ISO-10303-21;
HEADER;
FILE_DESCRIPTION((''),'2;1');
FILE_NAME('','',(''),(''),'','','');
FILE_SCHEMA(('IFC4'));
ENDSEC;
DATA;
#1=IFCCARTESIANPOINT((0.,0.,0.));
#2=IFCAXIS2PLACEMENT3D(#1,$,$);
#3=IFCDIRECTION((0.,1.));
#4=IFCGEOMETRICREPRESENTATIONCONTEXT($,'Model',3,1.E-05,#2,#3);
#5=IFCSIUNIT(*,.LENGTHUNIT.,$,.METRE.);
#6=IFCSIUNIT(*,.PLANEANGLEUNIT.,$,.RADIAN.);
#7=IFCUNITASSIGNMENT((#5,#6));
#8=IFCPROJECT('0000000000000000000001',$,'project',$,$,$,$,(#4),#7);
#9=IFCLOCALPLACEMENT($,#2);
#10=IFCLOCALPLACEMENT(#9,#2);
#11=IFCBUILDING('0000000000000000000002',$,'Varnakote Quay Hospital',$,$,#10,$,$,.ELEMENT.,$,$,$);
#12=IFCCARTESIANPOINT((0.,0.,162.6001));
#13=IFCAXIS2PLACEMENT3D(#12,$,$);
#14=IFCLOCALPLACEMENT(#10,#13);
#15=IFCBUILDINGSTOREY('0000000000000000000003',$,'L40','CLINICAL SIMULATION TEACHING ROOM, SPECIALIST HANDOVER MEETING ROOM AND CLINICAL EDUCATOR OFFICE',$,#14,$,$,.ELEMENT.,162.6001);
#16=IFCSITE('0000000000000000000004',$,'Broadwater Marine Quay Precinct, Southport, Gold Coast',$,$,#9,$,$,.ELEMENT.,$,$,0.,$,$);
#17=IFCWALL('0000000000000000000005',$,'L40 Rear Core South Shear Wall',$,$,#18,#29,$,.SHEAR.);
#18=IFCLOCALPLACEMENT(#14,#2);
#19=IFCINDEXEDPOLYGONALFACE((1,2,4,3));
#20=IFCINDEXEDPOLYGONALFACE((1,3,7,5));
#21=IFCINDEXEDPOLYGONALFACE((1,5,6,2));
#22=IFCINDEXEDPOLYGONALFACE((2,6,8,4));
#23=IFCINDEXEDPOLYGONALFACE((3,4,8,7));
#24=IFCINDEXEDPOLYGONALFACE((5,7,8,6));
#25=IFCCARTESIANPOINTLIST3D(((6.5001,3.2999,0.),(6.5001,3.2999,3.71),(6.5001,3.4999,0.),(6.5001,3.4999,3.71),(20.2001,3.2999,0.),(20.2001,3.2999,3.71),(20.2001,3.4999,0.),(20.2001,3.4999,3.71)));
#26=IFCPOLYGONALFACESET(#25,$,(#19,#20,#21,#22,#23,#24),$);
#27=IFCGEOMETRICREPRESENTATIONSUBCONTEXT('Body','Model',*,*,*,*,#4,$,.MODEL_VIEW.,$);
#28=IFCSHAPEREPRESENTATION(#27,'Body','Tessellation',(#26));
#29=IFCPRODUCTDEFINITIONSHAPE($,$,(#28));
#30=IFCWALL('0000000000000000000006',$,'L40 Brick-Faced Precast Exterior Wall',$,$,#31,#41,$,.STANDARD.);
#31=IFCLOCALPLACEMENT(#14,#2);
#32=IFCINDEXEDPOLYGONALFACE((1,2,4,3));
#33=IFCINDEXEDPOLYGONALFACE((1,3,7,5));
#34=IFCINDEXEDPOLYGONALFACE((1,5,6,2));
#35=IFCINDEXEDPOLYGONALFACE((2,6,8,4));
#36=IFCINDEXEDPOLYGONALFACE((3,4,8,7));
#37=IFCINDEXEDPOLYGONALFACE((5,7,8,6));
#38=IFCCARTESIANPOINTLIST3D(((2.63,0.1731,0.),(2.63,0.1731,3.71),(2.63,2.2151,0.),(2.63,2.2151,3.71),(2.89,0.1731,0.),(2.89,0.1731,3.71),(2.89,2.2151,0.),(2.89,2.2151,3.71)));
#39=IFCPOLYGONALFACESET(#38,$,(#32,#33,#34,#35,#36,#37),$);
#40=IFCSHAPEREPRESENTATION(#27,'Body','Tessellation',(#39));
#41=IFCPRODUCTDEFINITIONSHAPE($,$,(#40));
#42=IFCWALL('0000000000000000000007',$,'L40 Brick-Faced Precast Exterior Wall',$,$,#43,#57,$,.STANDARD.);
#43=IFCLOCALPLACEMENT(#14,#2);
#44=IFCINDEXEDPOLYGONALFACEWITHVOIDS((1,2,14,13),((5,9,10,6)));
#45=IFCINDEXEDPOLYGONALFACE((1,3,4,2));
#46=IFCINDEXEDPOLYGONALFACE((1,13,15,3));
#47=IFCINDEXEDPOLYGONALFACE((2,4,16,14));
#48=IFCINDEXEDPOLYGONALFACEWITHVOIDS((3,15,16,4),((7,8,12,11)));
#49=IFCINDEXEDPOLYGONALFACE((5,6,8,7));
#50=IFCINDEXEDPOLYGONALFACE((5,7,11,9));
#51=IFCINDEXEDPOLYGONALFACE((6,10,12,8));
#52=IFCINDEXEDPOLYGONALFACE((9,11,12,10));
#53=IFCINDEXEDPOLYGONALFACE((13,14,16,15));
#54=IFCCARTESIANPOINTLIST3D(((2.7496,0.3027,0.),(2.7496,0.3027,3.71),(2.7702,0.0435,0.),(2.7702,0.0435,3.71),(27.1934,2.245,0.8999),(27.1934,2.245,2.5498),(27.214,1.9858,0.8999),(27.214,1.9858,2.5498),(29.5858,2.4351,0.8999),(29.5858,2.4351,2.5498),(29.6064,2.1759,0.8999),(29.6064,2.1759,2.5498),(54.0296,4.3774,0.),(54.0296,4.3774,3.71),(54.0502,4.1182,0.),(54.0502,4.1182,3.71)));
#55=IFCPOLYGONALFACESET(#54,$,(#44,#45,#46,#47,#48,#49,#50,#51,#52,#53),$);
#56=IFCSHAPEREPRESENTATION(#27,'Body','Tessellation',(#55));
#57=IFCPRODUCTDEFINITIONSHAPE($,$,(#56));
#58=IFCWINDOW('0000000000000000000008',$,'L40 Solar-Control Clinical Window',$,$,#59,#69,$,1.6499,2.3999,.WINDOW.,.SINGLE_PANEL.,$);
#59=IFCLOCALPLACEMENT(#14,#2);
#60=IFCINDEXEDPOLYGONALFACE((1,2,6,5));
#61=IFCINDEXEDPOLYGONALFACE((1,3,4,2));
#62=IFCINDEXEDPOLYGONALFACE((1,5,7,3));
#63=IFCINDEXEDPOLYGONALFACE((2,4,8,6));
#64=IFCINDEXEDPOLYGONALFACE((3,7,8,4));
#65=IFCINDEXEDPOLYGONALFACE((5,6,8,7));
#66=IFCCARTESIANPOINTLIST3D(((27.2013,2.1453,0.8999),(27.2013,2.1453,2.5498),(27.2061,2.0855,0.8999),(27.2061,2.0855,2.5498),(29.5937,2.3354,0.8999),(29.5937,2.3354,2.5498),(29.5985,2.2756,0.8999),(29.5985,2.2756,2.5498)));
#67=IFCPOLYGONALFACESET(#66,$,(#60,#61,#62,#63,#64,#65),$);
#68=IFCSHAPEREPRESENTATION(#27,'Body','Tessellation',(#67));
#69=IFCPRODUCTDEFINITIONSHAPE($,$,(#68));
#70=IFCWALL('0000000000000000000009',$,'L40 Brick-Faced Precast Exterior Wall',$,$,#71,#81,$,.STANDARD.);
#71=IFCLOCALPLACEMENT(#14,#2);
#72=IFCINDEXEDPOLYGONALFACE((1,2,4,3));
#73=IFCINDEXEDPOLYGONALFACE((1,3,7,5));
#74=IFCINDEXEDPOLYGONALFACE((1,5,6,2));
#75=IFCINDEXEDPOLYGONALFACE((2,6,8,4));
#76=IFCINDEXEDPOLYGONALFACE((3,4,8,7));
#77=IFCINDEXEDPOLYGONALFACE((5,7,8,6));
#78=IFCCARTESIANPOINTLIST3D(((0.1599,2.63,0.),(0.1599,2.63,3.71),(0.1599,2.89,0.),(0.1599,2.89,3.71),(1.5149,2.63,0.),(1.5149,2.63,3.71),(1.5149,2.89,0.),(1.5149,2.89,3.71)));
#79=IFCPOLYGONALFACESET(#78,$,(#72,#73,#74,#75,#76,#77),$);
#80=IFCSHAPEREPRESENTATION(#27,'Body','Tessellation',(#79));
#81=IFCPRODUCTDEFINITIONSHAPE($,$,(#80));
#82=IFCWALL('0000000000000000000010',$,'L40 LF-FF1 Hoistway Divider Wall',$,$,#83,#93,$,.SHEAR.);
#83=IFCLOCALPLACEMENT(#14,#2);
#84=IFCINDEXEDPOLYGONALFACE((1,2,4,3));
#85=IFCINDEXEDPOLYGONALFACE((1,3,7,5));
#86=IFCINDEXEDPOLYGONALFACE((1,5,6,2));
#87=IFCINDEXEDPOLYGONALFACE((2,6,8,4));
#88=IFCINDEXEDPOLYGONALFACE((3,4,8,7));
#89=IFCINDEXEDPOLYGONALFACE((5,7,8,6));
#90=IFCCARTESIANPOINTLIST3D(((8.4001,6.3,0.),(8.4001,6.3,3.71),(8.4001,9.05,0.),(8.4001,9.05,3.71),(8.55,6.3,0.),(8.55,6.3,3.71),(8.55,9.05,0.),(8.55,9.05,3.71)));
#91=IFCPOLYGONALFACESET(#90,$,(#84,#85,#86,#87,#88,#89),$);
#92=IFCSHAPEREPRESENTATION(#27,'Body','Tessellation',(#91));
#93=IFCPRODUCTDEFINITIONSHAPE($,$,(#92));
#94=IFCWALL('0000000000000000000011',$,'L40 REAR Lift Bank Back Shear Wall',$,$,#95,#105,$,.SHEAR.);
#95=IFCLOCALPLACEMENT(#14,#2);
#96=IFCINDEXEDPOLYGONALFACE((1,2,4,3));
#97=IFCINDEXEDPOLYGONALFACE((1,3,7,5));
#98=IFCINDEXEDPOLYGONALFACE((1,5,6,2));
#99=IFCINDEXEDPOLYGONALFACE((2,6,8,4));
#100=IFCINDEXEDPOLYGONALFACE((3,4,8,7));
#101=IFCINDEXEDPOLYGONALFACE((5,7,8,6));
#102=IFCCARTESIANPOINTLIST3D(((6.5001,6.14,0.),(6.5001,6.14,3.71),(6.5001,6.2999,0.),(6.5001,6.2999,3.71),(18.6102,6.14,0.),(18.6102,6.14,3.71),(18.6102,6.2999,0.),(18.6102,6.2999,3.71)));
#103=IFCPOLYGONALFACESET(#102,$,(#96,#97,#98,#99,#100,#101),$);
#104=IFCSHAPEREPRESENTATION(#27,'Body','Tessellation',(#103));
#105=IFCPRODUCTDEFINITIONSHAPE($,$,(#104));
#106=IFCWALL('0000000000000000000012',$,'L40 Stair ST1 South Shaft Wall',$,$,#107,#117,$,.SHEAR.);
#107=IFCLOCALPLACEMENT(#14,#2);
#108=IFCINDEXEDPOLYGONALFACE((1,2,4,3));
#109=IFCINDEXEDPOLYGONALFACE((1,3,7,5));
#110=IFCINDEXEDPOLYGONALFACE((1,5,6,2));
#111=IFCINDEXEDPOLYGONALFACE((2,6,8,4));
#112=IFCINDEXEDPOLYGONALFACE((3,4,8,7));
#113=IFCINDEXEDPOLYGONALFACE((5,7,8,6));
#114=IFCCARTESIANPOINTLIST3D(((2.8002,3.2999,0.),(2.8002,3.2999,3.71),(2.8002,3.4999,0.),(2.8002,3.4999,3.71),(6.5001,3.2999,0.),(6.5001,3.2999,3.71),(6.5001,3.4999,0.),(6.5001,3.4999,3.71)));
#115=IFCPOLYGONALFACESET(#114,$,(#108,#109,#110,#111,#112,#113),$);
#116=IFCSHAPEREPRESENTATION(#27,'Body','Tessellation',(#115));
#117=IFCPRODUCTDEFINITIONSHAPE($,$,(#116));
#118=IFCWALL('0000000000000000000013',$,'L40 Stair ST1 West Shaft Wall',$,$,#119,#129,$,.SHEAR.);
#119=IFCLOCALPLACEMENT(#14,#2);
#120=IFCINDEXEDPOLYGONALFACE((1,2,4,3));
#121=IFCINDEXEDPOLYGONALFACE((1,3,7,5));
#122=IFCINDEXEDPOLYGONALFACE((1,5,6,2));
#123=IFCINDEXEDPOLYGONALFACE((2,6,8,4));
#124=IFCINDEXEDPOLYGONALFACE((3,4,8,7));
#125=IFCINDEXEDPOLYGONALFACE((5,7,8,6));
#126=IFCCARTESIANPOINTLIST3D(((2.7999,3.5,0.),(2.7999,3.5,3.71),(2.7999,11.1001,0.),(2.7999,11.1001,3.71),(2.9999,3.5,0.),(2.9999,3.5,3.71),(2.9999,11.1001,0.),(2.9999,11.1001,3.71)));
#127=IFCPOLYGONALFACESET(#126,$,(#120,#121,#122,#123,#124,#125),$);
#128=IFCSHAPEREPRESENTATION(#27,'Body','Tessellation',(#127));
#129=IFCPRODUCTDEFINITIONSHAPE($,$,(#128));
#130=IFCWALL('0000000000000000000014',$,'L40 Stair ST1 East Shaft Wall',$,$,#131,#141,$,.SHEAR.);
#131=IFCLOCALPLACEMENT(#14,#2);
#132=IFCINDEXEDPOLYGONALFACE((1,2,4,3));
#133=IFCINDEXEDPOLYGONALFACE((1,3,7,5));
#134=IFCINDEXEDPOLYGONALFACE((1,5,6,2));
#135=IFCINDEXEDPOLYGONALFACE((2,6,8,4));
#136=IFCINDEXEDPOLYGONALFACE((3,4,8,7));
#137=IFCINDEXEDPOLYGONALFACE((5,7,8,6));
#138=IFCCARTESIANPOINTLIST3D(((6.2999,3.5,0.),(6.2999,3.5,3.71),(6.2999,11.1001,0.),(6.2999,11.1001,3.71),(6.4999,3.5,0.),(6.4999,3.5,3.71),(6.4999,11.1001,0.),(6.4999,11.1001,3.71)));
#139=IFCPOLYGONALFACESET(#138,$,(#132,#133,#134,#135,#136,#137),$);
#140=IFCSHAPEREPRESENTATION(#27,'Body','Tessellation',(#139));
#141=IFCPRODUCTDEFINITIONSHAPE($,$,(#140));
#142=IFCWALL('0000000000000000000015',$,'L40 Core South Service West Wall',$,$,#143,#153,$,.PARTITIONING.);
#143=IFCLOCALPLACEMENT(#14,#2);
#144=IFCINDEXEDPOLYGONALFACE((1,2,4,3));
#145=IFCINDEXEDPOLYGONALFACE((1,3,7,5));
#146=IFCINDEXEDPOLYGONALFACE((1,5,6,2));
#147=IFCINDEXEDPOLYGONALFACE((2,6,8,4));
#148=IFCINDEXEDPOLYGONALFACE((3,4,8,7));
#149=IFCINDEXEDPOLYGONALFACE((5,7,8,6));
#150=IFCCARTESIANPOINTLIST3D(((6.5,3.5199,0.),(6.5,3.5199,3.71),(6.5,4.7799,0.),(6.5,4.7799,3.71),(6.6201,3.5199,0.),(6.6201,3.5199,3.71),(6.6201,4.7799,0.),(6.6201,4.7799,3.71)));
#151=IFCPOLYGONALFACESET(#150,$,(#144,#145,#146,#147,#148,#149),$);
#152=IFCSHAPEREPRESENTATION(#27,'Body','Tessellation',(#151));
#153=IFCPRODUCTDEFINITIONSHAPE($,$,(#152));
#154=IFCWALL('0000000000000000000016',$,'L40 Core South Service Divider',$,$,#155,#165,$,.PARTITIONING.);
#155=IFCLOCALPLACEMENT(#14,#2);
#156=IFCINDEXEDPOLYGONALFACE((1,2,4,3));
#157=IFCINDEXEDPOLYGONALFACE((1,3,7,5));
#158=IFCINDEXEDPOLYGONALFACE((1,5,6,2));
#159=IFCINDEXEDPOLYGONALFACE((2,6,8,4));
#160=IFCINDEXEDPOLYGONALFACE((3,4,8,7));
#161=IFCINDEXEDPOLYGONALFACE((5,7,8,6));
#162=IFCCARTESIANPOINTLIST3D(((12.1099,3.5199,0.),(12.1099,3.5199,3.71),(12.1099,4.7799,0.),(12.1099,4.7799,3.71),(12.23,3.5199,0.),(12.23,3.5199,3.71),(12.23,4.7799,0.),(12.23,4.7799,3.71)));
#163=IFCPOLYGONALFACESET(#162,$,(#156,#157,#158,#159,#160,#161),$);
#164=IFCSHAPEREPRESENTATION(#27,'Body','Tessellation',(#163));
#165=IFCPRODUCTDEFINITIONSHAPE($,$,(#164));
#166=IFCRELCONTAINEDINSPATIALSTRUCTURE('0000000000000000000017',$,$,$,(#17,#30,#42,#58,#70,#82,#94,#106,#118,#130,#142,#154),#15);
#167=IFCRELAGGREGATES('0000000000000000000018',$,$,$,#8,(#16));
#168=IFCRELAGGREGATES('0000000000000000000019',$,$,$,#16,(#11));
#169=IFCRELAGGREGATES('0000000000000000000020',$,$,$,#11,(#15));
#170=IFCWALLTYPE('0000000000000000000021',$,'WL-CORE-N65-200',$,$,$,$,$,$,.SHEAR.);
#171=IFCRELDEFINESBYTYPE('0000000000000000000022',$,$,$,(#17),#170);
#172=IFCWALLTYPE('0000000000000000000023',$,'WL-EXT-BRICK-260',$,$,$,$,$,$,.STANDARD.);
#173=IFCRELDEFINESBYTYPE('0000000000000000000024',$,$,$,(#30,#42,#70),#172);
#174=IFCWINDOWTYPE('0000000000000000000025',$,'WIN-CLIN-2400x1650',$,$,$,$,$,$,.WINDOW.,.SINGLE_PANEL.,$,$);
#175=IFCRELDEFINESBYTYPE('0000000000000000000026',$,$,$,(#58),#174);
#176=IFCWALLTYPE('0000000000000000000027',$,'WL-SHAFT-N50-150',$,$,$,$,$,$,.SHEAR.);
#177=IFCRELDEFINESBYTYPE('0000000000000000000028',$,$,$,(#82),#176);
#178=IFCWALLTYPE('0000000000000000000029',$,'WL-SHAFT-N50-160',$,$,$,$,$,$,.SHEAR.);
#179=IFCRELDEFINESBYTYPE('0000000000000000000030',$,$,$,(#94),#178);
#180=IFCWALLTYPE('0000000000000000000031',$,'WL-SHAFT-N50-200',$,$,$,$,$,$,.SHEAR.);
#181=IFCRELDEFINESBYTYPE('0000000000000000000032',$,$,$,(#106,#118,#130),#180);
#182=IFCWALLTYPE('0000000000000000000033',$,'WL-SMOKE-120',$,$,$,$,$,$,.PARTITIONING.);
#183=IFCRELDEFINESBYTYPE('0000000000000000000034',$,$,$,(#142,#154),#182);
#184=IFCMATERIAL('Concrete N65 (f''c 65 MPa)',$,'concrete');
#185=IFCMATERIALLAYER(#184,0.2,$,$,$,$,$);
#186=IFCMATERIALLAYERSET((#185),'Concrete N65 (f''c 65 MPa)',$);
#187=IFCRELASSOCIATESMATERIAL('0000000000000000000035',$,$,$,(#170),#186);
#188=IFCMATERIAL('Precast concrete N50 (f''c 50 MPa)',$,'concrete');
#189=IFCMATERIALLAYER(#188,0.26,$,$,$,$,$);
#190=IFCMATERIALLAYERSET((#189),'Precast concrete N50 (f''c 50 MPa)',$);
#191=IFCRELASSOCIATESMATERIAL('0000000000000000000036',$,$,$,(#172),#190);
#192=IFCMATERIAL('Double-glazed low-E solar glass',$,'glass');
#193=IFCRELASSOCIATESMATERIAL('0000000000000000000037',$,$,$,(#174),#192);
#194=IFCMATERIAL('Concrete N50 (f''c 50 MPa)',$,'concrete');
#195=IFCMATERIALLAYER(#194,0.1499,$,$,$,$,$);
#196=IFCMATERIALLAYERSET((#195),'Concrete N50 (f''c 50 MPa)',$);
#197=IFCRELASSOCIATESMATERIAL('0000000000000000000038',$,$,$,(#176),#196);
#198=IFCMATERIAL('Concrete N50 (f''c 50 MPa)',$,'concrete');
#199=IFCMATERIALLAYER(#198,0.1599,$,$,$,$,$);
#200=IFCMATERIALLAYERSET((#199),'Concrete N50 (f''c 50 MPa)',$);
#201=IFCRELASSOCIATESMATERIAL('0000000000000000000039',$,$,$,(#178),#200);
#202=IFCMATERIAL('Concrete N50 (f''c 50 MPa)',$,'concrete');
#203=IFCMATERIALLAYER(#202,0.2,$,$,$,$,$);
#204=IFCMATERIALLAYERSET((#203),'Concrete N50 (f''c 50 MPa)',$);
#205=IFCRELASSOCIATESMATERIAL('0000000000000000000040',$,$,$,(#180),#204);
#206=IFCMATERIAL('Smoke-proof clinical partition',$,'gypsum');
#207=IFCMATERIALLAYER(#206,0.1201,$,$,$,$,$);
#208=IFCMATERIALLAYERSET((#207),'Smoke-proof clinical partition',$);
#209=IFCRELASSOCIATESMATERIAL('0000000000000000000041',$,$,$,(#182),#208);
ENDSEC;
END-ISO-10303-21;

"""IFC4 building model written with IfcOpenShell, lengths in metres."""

from ifc_helpers import new_model, si_unit, direction, frame, frame_2d, origin, place, context, subcontext, project, spatial, rectangle, extrude, material, layer, layer_set, type_object, element, fill, save


model = new_model("IFC4")

# Units and contexts
model_context = context("Model", 3, precision=1e-05, world=origin(), true_north=direction((0.0, 1.0)))
body_context = subcontext(model_context, "Body", "Model", "MODEL_VIEW")
ifc_project = project(units=[si_unit("LENGTHUNIT", "METRE"), si_unit("PLANEANGLEUNIT", "RADIAN")], contexts=[model_context])

# Site, building, storey
site_placement = place(None, origin())
site = spatial("IfcSite", under=ifc_project, at=site_placement, Name="Broadwater Marine Quay Precinct, Southport, Gold Coast", CompositionType="ELEMENT", RefElevation=0.0)
building_placement = place(site_placement, origin())
building = spatial("IfcBuilding", under=site, at=building_placement, Name="Varnakote Quay Hospital", CompositionType="ELEMENT")
storey_placement = place(building_placement, frame((0.0, 0.0, 162.6001)))
storey = spatial("IfcBuildingStorey", under=building, at=storey_placement, Name="L40", Description="CLINICAL SIMULATION TEACHING ROOM, SPECIALIST HANDOVER MEETING ROOM AND CLINICAL EDUCATOR OFFICE", CompositionType="ELEMENT", Elevation=162.6001)

# Walls
ifc_material_1 = material(Name="Concrete N65 (f'c 65 MPa)", Category="concrete")
ifc_layer_1 = layer(ifc_material_1, 0.2)
ifc_layer_set_1 = layer_set([ifc_layer_1], Name="Concrete N65 (f'c 65 MPa)")
wall_type_1 = type_object("IfcWallType", Name="WL-CORE-N65-200", PredefinedType="SHEAR", material=ifc_layer_set_1)
wall_1_placement = place(storey_placement, frame((6.5, 3.3999, 0.0), z_axis=(0.0, 0.0, 1.0), x_axis=(1.0, 0.0, 0.0)))
element("IfcWall", 1, at=wall_1_placement, inside=storey, type_object=wall_type_1, Name="L40 Rear Core South Shear Wall", PredefinedType="SHEAR", context=body_context, shape_type="SweptSolid", body=[
    extrude(rectangle(XDim=13.7, YDim=0.2, at=frame_2d((6.8501, 0.0))), origin(), (0.0, 0.0, 1.0), 3.71),
])
ifc_material_2 = material(Name="Precast concrete N50 (f'c 50 MPa)", Category="concrete")
ifc_layer_2 = layer(ifc_material_2, 0.26)
ifc_layer_set_2 = layer_set([ifc_layer_2], Name="Precast concrete N50 (f'c 50 MPa)")
wall_type_2 = type_object("IfcWallType", Name="WL-EXT-BRICK-260", PredefinedType="STANDARD", material=ifc_layer_set_2)
wall_2_placement = place(storey_placement, frame((2.76, 2.2151, 0.0), z_axis=(0.0, 0.0, 1.0), x_axis=(0.0, -1.0, 0.0)))
element("IfcWall", 2, at=wall_2_placement, inside=storey, type_object=wall_type_2, Name="L40 Brick-Faced Precast Exterior Wall", PredefinedType="STANDARD", context=body_context, shape_type="SweptSolid", body=[
    extrude(rectangle(XDim=2.042, YDim=0.26, at=frame_2d((1.021, 0.0))), origin(), (0.0, 0.0, 1.0), 3.71),
])

# Wall, opening, window
wall_3_placement = place(storey_placement, frame((2.76, 0.1731, 0.0), z_axis=(0.0, 0.0, 1.0), x_axis=(0.996858, 0.07921, 0.0)))
wall_3 = element("IfcWall", 3, at=wall_3_placement, inside=storey, type_object=wall_type_2, Name="L40 Brick-Faced Precast Exterior Wall", PredefinedType="STANDARD", context=body_context, shape_type="SweptSolid", body=[
    extrude(rectangle(XDim=51.4417, YDim=0.26, at=frame_2d((25.7207, 0.0))), origin(), (0.0, 0.0, 1.0), 3.71),
])
opening_1_placement = place(wall_3_placement, frame((24.5208, 0.0, 0.8999)))
opening_1 = element("IfcOpeningElement", 4, at=opening_1_placement, cuts=wall_3, PredefinedType="OPENING", context=body_context, shape_type="SweptSolid", body=[
    extrude(rectangle(XDim=2.3999, YDim=1.6499, at=frame_2d((1.2, 0.825))), frame((0.0, 0.1399, 0.0), z_axis=(0.0, -1.0, 0.0), x_axis=(1.0, 0.0, 0.0)), (0.0, 0.0, 1.0), 0.28),
])
ifc_material_3 = material(Name="Double-glazed low-E solar glass", Category="glass")
window_type = type_object("IfcWindowType", Name="WIN-CLIN-2400x1650", PartitioningType="SINGLE_PANEL", PredefinedType="WINDOW", material=ifc_material_3)
window_placement = place(opening_1_placement, origin())
window = element("IfcWindow", 5, at=window_placement, inside=storey, type_object=window_type, Name="L40 Solar-Control Clinical Window", OverallHeight=1.6499, OverallWidth=2.3999, PartitioningType="SINGLE_PANEL", PredefinedType="WINDOW", context=body_context, shape_type="SweptSolid", body=[
    extrude(rectangle(XDim=2.3999, YDim=1.6499, at=frame_2d((1.2, 0.825))), frame((0.0, 0.03, 0.0), z_axis=(0.0, -1.0, 0.0), x_axis=(1.0, 0.0, 0.0)), (0.0, 0.0, 1.0), 0.0601),
])
fill(opening_1, window)

# Walls
wall_4_placement = place(storey_placement, frame((0.1599, 2.76, 0.0), z_axis=(0.0, 0.0, 1.0), x_axis=(1.0, 0.0, 0.0)))
element("IfcWall", 6, at=wall_4_placement, inside=storey, type_object=wall_type_2, Name="L40 Brick-Faced Precast Exterior Wall", PredefinedType="STANDARD", context=body_context, shape_type="SweptSolid", body=[
    extrude(rectangle(XDim=1.355, YDim=0.26, at=frame_2d((0.6775, 0.0))), origin(), (0.0, 0.0, 1.0), 3.71),
])
ifc_material_4 = material(Name="Concrete N50 (f'c 50 MPa)", Category="concrete")
ifc_layer_3 = layer(ifc_material_4, 0.1499)
ifc_layer_set_3 = layer_set([ifc_layer_3], Name="Concrete N50 (f'c 50 MPa)")
wall_type_3 = type_object("IfcWallType", Name="WL-SHAFT-N50-150", PredefinedType="SHEAR", material=ifc_layer_set_3)
wall_5_placement = place(storey_placement, frame((8.4751, 6.3, 0.0), z_axis=(0.0, 0.0, 1.0), x_axis=(0.0, 1.0, 0.0)))
element("IfcWall", 7, at=wall_5_placement, inside=storey, type_object=wall_type_3, Name="L40 LF-FF1 Hoistway Divider Wall", PredefinedType="SHEAR", context=body_context, shape_type="SweptSolid", body=[
    extrude(rectangle(XDim=2.75, YDim=0.1499, at=frame_2d((1.375, 0.0))), origin(), (0.0, 0.0, 1.0), 3.71),
])
ifc_material_5 = material(Name="Concrete N50 (f'c 50 MPa)", Category="concrete")
ifc_layer_4 = layer(ifc_material_5, 0.1599)
ifc_layer_set_4 = layer_set([ifc_layer_4], Name="Concrete N50 (f'c 50 MPa)")
wall_type_4 = type_object("IfcWallType", Name="WL-SHAFT-N50-160", PredefinedType="SHEAR", material=ifc_layer_set_4)
wall_6_placement = place(storey_placement, frame((6.5, 6.22, 0.0), z_axis=(0.0, 0.0, 1.0), x_axis=(1.0, 0.0, 0.0)))
element("IfcWall", 8, at=wall_6_placement, inside=storey, type_object=wall_type_4, Name="L40 REAR Lift Bank Back Shear Wall", PredefinedType="SHEAR", context=body_context, shape_type="SweptSolid", body=[
    extrude(rectangle(XDim=12.1101, YDim=0.1599, at=frame_2d((6.0552, 0.0))), origin(), (0.0, 0.0, 1.0), 3.71),
])
ifc_material_6 = material(Name="Concrete N50 (f'c 50 MPa)", Category="concrete")
ifc_layer_5 = layer(ifc_material_6, 0.2)
ifc_layer_set_5 = layer_set([ifc_layer_5], Name="Concrete N50 (f'c 50 MPa)")
wall_type_5 = type_object("IfcWallType", Name="WL-SHAFT-N50-200", PredefinedType="SHEAR", material=ifc_layer_set_5)
wall_7_placement = place(storey_placement, frame((2.8, 3.3999, 0.0), z_axis=(0.0, 0.0, 1.0), x_axis=(1.0, 0.0, 0.0)))
element("IfcWall", 9, at=wall_7_placement, inside=storey, type_object=wall_type_5, Name="L40 Stair ST1 South Shaft Wall", PredefinedType="SHEAR", context=body_context, shape_type="SweptSolid", body=[
    extrude(rectangle(XDim=3.7, YDim=0.2, at=frame_2d((1.8501, 0.0))), origin(), (0.0, 0.0, 1.0), 3.71),
])
for number, where, z_axis, x_axis, name in (
    (10, (2.8999, 3.5, 0.0), (0.0, 0.0, 1.0), (0.0, 1.0, 0.0), "L40 Stair ST1 West Shaft Wall"),
    (11, (6.3999, 3.5, 0.0), (0.0, 0.0, 1.0), (0.0, 1.0, 0.0), "L40 Stair ST1 East Shaft Wall"),
):
    element("IfcWall", number, at=place(storey_placement, frame(where, z_axis=z_axis, x_axis=x_axis)), inside=storey, type_object=wall_type_5, Name=name, PredefinedType="SHEAR", context=body_context, shape_type="SweptSolid", body=[
        extrude(rectangle(XDim=7.6001, YDim=0.2, at=frame_2d((3.8, 0.0))), origin(), (0.0, 0.0, 1.0), 3.71),
    ])
ifc_material_7 = material(Name="Smoke-proof clinical partition", Category="gypsum")
ifc_layer_6 = layer(ifc_material_7, 0.1201)
ifc_layer_set_6 = layer_set([ifc_layer_6], Name="Smoke-proof clinical partition")
wall_type_6 = type_object("IfcWallType", Name="WL-SMOKE-120", PredefinedType="PARTITIONING", material=ifc_layer_set_6)
for number, where, z_axis, x_axis, name in (
    (12, (6.5601, 3.52, 0.0), (0.0, 0.0, 1.0), (0.0, 1.0, 0.0), "L40 Core South Service West Wall"),
    (13, (12.1699, 3.52, 0.0), (0.0, 0.0, 1.0), (0.0, 1.0, 0.0), "L40 Core South Service Divider"),
):
    element("IfcWall", number, at=place(storey_placement, frame(where, z_axis=z_axis, x_axis=x_axis)), inside=storey, type_object=wall_type_6, Name=name, PredefinedType="PARTITIONING", context=body_context, shape_type="SweptSolid", body=[
        extrude(rectangle(XDim=1.26, YDim=0.1201, at=frame_2d((0.6299, 0.0))), origin(), (0.0, 0.0, 1.0), 3.71),
    ])

save(model, "model.ifc")
